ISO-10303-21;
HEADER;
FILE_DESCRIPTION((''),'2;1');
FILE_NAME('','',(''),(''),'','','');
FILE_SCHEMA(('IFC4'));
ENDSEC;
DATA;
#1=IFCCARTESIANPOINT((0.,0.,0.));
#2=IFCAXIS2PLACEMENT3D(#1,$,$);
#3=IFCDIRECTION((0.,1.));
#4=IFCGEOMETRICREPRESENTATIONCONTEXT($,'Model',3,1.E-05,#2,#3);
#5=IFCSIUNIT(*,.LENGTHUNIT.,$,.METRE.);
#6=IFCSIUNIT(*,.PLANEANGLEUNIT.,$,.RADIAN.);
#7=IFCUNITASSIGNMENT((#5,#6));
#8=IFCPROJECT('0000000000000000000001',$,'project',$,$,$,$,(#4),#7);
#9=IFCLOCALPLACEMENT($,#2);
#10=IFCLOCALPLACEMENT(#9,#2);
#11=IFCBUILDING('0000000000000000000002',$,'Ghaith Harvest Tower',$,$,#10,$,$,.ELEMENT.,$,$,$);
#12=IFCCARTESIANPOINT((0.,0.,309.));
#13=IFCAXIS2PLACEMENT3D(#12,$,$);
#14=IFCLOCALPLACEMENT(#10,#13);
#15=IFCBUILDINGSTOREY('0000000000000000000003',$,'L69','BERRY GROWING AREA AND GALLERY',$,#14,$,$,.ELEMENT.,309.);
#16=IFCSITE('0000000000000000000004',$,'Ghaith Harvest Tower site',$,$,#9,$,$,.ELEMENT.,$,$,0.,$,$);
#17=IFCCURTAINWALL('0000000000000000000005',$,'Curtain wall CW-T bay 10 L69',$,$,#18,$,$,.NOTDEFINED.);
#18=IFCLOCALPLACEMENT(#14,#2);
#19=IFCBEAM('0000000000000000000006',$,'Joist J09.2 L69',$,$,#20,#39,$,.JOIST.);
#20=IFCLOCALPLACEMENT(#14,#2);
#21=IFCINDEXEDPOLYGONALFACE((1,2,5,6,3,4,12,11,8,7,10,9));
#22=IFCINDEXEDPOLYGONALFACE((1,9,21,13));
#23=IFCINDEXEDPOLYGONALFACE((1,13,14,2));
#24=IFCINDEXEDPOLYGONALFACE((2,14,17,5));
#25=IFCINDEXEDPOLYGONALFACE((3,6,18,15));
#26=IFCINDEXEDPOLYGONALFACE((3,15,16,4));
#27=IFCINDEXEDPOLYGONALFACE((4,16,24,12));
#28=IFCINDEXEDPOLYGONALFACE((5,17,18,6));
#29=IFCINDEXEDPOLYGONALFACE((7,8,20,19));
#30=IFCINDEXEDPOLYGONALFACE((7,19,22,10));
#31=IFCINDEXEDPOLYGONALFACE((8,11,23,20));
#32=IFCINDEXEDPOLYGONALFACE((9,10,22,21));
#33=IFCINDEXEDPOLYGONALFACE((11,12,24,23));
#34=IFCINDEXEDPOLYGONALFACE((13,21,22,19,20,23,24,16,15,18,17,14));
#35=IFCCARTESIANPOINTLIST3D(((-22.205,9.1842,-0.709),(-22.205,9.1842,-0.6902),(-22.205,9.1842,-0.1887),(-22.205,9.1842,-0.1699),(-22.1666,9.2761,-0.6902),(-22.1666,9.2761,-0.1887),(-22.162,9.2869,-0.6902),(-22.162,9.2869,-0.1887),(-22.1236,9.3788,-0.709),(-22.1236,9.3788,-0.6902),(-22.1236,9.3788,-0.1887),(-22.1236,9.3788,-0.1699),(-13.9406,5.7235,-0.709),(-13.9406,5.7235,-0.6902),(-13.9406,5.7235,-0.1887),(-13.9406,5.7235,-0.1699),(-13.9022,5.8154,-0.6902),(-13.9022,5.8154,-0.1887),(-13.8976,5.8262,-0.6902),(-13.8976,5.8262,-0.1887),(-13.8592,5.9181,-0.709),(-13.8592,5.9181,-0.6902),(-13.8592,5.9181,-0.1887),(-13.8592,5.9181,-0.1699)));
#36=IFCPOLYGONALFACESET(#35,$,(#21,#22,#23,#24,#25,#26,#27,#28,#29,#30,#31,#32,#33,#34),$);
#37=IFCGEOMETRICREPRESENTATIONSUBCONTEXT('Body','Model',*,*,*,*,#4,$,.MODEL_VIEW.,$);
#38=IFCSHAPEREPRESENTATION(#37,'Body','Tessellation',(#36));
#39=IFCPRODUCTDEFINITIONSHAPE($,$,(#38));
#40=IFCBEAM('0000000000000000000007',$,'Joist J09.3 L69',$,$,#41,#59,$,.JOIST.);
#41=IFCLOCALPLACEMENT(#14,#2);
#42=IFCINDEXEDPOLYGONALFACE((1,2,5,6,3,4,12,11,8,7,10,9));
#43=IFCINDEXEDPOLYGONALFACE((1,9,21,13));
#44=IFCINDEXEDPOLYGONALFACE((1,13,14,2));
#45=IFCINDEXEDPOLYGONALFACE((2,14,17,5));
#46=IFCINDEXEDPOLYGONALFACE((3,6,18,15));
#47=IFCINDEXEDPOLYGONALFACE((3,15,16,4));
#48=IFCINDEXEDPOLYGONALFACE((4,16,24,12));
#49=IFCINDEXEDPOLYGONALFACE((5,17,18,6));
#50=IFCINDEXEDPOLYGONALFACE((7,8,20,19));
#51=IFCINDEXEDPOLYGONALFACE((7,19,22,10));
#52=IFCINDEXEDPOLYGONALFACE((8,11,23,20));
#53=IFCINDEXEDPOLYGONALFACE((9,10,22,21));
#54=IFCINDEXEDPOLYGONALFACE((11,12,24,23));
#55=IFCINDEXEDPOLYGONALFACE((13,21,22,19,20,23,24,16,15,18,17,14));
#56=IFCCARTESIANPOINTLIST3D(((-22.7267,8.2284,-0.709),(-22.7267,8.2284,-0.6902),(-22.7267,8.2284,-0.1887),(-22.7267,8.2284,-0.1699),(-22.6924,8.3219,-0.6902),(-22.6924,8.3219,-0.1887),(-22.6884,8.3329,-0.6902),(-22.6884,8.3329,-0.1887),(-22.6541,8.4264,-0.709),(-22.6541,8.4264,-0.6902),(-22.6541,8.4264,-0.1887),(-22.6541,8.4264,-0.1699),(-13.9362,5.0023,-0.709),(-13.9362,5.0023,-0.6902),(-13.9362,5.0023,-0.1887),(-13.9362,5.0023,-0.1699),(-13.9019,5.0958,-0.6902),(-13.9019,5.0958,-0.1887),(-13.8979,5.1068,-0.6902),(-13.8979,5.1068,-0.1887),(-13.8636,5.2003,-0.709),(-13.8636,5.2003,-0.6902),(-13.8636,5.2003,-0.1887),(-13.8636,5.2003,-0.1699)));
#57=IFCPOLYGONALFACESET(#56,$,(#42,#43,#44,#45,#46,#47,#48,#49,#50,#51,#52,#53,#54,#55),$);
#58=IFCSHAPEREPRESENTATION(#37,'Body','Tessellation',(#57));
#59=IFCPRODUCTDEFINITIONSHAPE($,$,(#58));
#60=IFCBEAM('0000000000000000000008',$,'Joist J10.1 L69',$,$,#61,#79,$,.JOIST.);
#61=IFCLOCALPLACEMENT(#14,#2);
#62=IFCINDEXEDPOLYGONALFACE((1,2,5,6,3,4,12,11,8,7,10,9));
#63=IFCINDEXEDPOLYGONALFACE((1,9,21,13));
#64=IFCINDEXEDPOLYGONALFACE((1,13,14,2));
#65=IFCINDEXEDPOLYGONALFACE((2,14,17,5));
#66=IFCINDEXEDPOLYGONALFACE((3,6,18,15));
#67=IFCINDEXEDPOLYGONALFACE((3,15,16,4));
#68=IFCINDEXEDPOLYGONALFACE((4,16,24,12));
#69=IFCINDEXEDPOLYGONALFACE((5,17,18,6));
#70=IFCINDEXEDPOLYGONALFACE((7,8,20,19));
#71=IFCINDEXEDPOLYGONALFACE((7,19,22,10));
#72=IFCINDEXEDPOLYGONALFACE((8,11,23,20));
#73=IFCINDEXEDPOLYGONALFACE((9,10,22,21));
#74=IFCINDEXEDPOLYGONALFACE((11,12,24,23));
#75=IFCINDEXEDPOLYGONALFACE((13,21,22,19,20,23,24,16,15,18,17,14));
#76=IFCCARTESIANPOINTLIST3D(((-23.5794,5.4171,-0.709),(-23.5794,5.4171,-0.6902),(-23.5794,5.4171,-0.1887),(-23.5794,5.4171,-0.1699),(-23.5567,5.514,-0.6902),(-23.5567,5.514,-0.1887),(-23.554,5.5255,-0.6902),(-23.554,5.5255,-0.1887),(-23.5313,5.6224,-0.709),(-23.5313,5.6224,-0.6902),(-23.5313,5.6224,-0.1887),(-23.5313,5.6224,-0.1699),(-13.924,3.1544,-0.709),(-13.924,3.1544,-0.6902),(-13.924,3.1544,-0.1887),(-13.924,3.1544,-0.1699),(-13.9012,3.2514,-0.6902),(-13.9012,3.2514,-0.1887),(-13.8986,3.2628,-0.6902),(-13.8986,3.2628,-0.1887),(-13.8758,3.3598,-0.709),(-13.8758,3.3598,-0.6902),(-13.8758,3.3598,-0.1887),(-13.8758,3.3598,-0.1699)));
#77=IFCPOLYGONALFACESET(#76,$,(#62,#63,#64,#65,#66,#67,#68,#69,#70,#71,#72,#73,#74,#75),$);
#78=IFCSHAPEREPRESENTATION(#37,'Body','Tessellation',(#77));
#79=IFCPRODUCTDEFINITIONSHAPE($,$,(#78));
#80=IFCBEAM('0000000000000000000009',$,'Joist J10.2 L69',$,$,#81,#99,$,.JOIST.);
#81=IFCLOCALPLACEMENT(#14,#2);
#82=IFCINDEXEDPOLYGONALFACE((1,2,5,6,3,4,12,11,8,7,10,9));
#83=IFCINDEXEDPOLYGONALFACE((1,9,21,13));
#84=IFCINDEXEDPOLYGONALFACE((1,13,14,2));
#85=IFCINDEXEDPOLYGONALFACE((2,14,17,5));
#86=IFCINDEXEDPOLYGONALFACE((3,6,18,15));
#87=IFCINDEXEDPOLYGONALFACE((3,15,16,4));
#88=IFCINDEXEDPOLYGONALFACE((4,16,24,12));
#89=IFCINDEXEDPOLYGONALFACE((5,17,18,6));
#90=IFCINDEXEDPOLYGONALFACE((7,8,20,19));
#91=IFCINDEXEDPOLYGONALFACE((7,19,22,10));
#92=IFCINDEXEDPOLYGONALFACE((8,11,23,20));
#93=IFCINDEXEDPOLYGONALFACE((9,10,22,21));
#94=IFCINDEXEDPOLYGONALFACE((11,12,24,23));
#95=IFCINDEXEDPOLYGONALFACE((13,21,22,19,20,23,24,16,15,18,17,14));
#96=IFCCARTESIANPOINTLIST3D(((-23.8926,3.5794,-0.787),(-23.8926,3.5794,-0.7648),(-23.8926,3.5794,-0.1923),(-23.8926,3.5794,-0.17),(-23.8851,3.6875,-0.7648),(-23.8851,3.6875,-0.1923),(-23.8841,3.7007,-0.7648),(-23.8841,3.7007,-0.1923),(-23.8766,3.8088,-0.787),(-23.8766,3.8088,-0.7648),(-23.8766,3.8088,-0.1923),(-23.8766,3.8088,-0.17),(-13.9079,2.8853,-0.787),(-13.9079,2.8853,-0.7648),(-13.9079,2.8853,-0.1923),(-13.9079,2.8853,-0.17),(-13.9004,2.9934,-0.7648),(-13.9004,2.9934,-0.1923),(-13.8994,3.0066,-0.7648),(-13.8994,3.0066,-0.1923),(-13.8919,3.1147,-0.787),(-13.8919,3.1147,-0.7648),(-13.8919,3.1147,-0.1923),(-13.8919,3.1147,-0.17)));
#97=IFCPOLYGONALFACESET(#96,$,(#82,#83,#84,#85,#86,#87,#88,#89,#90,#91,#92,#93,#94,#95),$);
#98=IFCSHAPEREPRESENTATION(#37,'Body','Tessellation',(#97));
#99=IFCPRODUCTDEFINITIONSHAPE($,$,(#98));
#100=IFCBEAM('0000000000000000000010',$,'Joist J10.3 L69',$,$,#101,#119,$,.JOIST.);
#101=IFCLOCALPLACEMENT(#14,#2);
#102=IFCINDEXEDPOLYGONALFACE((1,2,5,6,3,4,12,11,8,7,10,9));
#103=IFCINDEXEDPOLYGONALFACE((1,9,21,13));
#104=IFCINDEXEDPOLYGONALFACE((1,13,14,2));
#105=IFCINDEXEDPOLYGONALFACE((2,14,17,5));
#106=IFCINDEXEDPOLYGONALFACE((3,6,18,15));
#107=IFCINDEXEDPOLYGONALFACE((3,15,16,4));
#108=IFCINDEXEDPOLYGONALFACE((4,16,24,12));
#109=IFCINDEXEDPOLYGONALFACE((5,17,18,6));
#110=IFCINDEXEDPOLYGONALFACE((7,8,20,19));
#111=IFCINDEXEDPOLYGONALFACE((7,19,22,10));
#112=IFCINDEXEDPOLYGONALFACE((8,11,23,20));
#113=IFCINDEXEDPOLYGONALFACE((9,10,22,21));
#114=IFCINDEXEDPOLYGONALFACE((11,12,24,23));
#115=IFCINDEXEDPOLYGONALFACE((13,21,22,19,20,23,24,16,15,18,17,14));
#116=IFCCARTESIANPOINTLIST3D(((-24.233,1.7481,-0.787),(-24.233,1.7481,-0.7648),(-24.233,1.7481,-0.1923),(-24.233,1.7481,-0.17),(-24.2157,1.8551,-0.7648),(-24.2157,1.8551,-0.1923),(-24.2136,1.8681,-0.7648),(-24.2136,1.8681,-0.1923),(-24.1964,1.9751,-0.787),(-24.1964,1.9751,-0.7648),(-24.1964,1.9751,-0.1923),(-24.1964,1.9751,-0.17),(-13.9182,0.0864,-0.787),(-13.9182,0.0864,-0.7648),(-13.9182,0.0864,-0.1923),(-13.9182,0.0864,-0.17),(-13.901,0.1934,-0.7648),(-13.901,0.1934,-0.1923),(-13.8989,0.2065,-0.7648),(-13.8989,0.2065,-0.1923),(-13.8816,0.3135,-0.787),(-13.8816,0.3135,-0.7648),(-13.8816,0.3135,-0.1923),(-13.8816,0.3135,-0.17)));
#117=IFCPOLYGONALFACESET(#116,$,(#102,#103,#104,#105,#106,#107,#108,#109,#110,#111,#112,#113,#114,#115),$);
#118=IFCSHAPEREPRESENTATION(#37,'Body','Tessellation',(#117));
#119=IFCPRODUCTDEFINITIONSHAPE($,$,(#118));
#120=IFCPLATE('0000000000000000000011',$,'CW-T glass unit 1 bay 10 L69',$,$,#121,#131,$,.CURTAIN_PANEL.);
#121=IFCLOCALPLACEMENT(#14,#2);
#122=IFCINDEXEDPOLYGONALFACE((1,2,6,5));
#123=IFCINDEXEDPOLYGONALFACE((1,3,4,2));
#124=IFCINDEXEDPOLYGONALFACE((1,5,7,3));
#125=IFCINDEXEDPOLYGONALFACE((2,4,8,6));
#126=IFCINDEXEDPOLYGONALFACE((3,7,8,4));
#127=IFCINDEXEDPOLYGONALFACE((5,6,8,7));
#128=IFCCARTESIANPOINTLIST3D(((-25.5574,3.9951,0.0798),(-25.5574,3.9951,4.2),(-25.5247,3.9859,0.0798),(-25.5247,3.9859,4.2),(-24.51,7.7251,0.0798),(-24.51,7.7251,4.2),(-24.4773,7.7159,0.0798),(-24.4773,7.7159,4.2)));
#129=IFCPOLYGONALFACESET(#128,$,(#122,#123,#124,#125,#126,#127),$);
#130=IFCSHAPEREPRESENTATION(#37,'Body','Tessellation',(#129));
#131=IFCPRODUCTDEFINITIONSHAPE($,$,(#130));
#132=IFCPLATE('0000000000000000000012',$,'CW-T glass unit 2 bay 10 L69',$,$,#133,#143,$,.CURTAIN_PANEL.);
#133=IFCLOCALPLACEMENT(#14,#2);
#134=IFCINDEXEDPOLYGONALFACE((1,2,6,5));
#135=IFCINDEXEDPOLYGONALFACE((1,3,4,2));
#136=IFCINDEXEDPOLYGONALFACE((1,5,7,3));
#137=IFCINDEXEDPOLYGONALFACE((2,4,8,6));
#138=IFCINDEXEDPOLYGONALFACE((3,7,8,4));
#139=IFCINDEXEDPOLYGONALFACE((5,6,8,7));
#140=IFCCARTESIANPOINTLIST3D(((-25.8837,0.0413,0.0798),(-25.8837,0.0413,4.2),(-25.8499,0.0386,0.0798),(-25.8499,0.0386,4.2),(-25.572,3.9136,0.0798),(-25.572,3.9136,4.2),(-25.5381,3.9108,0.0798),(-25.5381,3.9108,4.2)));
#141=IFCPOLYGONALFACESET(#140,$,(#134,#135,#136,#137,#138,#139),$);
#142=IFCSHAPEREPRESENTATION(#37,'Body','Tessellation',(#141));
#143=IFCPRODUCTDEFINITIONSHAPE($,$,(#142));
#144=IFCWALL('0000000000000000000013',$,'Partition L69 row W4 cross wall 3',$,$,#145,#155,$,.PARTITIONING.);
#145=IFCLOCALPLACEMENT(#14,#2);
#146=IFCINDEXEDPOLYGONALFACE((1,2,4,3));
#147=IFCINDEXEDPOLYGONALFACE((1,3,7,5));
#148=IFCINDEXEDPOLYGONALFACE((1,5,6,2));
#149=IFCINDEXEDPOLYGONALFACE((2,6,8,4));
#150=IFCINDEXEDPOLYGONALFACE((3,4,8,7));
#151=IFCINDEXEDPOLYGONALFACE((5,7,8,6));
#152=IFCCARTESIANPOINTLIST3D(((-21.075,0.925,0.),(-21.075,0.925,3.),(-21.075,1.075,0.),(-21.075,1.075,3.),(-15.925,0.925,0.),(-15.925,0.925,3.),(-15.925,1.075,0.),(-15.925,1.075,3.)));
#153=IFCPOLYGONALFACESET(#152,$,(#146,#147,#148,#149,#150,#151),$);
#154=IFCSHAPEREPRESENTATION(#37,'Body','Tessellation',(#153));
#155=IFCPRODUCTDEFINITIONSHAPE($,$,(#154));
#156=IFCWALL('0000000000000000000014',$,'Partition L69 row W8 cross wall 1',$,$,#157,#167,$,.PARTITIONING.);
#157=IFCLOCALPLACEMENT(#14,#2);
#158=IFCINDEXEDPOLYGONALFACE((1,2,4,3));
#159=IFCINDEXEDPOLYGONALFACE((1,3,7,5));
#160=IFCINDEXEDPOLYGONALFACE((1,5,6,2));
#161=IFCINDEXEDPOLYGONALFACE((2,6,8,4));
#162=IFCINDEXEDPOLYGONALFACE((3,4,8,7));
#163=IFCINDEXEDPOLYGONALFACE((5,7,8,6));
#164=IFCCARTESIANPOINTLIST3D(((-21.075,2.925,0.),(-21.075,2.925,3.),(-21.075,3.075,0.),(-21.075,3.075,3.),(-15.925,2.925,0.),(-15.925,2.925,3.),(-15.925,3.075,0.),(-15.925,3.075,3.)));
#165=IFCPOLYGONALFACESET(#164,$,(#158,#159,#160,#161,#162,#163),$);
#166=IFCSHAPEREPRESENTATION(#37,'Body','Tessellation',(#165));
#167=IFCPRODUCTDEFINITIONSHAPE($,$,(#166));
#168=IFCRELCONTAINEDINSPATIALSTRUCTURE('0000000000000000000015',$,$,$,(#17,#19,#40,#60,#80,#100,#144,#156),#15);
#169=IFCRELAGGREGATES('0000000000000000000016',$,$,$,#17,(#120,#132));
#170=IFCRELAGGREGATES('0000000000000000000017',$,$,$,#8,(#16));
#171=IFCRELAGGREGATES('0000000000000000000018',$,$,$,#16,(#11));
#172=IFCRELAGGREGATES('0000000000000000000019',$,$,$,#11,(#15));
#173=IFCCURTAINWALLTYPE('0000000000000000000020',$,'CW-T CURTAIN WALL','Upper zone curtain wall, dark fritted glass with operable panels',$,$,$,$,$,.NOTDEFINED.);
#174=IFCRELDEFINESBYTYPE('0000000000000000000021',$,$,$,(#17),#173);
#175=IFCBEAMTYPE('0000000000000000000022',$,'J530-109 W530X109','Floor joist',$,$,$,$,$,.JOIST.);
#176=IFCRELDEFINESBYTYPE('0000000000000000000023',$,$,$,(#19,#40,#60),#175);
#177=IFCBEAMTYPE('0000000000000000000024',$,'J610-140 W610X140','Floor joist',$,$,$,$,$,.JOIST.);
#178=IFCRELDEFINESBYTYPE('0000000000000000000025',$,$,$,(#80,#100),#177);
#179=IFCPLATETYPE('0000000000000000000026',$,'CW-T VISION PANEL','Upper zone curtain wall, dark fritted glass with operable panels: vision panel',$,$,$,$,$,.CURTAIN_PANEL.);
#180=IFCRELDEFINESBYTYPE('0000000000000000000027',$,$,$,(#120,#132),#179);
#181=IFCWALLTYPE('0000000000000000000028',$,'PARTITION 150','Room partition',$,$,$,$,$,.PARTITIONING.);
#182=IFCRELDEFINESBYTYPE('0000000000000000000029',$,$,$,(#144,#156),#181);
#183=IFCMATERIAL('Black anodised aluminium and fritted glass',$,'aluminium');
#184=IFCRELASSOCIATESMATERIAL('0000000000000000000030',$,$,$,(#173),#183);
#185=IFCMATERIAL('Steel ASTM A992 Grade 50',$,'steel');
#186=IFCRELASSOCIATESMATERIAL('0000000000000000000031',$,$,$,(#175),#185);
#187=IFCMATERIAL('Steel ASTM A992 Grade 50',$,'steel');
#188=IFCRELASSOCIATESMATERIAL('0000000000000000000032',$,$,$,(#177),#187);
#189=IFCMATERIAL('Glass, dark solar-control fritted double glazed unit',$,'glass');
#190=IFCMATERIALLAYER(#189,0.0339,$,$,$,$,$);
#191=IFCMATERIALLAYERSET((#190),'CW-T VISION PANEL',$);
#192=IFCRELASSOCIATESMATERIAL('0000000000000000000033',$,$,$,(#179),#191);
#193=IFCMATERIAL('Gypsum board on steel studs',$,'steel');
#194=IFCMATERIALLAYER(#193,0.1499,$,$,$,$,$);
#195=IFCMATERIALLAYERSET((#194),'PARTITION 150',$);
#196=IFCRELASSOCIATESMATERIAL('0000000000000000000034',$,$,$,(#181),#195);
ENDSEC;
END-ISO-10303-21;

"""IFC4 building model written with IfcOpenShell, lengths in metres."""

from ifc_helpers import new_model, si_unit, direction, frame, frame_2d, origin, origin_2d, place, context, subcontext, project, spatial, rectangle, i_section, extrude, material, layer, layer_set, material_profile, profile_set, type_object, element, aggregate, save


model = new_model("IFC4")

# Units and contexts
model_context = context("Model", 3, precision=1e-05, world=origin(), true_north=direction((0.0, 1.0)))
body_context = subcontext(model_context, "Body", "Model", "MODEL_VIEW")
ifc_project = project(units=[si_unit("LENGTHUNIT", "METRE"), si_unit("PLANEANGLEUNIT", "RADIAN")], contexts=[model_context])

# Site, building, storey
site_placement = place(None, origin())
site = spatial("IfcSite", under=ifc_project, at=site_placement, Name="Ghaith Harvest Tower site", CompositionType="ELEMENT", RefElevation=0.0)
building_placement = place(site_placement, origin())
building = spatial("IfcBuilding", under=site, at=building_placement, Name="Ghaith Harvest Tower", CompositionType="ELEMENT")
storey_placement = place(building_placement, frame((0.0, 0.0, 309.0)))
storey = spatial("IfcBuildingStorey", under=building, at=storey_placement, Name="L69", Description="BERRY GROWING AREA AND GALLERY", CompositionType="ELEMENT", Elevation=309.0)

# Curtain wall
ifc_material_1 = material(Name="Black anodised aluminium and fritted glass", Category="aluminium")
curtain_wall_type = type_object("IfcCurtainWallType", Name="CW-T CURTAIN WALL", Description="Upper zone curtain wall, dark fritted glass with operable panels", PredefinedType="NOTDEFINED", material=ifc_material_1)
curtain_wall_placement = place(storey_placement, origin())
curtain_wall = element("IfcCurtainWall", 1, at=curtain_wall_placement, inside=storey, type_object=curtain_wall_type, Name="Curtain wall CW-T bay 10 L69", PredefinedType="NOTDEFINED")

# Beams
ifc_material_2 = material(Name="Steel ASTM A992 Grade 50", Category="steel")
ifc_material_profile_1 = material_profile(ifc_material_2, i_section(OverallWidth=0.2109, OverallDepth=0.5391, WebThickness=0.0117, FlangeThickness=0.0188, at=origin_2d()), Name="W530X109")
ifc_profile_set_1 = profile_set([ifc_material_profile_1], Name="Steel ASTM A992 Grade 50")
beam_type_1 = type_object("IfcBeamType", Name="J530-109 W530X109", Description="Floor joist", PredefinedType="JOIST", material=ifc_profile_set_1)
beam_1_placement = place(storey_placement, frame((-13.8999, 5.8208, -0.4395), z_axis=(-0.922394, 0.38625, 0.0), x_axis=(-0.38625, -0.922394, 0.0)))
element("IfcBeam", 2, at=beam_1_placement, inside=storey, type_object=beam_type_1, Name="Joist J09.2 L69", PredefinedType="JOIST", context=body_context, shape_type="SweptSolid", body=[
    extrude(i_section(OverallWidth=0.2109, OverallDepth=0.5391, WebThickness=0.0117, FlangeThickness=0.0188, at=origin_2d()), origin(), (0.0, 0.0, 1.0), 8.9597),
])
beam_2_placement = place(storey_placement, frame((-13.8999, 5.1013, -0.4395), z_axis=(-0.938777, 0.344526, 0.0), x_axis=(-0.344526, -0.938777, 0.0)))
element("IfcBeam", 3, at=beam_2_placement, inside=storey, type_object=beam_type_1, Name="Joist J09.3 L69", PredefinedType="JOIST", context=body_context, shape_type="SweptSolid", body=[
    extrude(i_section(OverallWidth=0.2109, OverallDepth=0.5391, WebThickness=0.0117, FlangeThickness=0.0188, at=origin_2d()), origin(), (0.0, 0.0, 1.0), 9.3638),
])
beam_3_placement = place(storey_placement, frame((-13.8999, 3.2571, -0.4395), z_axis=(-0.973623, 0.228161, 0.0), x_axis=(-0.228161, -0.973623, 0.0)))
element("IfcBeam", 4, at=beam_3_placement, inside=storey, type_object=beam_type_1, Name="Joist J10.1 L69", PredefinedType="JOIST", context=body_context, shape_type="SweptSolid", body=[
    extrude(i_section(OverallWidth=0.2109, OverallDepth=0.5391, WebThickness=0.0117, FlangeThickness=0.0188, at=origin_2d()), origin(), (0.0, 0.0, 1.0), 9.917),
])
ifc_material_3 = material(Name="Steel ASTM A992 Grade 50", Category="steel")
ifc_material_profile_2 = material_profile(ifc_material_3, i_section(OverallWidth=0.23, OverallDepth=0.6169, WebThickness=0.0132, FlangeThickness=0.0222, at=origin_2d()), Name="W610X140")
ifc_profile_set_2 = profile_set([ifc_material_profile_2], Name="Steel ASTM A992 Grade 50")
beam_type_2 = type_object("IfcBeamType", Name="J610-140 W610X140", Description="Floor joist", PredefinedType="JOIST", material=ifc_profile_set_2)
beam_4_placement = place(storey_placement, frame((-13.8999, 3.0, -0.4785), z_axis=(-0.997592, 0.069349, 0.0), x_axis=(-0.069349, -0.997592, 0.0)))
element("IfcBeam", 5, at=beam_4_placement, inside=storey, type_object=beam_type_2, Name="Joist J10.2 L69", PredefinedType="JOIST", context=body_context, shape_type="SweptSolid", body=[
    extrude(i_section(OverallWidth=0.23, OverallDepth=0.6169, WebThickness=0.0132, FlangeThickness=0.0222, at=origin_2d()), origin(), (0.0, 0.0, 1.0), 10.0088),
])
beam_5_placement = place(storey_placement, frame((-13.8999, 0.2, -0.4785), z_axis=(-0.987272, 0.159042, 0.0), x_axis=(-0.159042, -0.987272, 0.0)))
element("IfcBeam", 6, at=beam_5_placement, inside=storey, type_object=beam_type_2, Name="Joist J10.3 L69", PredefinedType="JOIST", context=body_context, shape_type="SweptSolid", body=[
    extrude(i_section(OverallWidth=0.23, OverallDepth=0.6169, WebThickness=0.0132, FlangeThickness=0.0222, at=origin_2d()), origin(), (0.0, 0.0, 1.0), 10.4478),
])

# Plates
ifc_material_4 = material(Name="Glass, dark solar-control fritted double glazed unit", Category="glass")
ifc_layer_1 = layer(ifc_material_4, 0.0339)
ifc_layer_set_1 = layer_set([ifc_layer_1], Name="CW-T VISION PANEL")
plate_type = type_object("IfcPlateType", Name="CW-T VISION PANEL", Description="Upper zone curtain wall, dark fritted glass with operable panels: vision panel", PredefinedType="CURTAIN_PANEL", material=ifc_layer_set_1)
plate_1_placement = place(storey_placement, frame((-25.0173, 5.8555, 0.0798), z_axis=(0.0, 0.0, 1.0), x_axis=(-0.270355, -0.962761, 0.0)))
plate_1 = element("IfcPlate", 7, at=plate_1_placement, type_object=plate_type, Name="CW-T glass unit 1 bay 10 L69", PredefinedType="CURTAIN_PANEL", context=body_context, shape_type="SweptSolid", body=[
    extrude(rectangle(XDim=3.8743, YDim=0.0339, at=origin_2d()), origin(), (0.0, 0.0, 1.0), 4.1201),
])
plate_2_placement = place(storey_placement, frame((-25.7109, 1.9761, 0.0798), z_axis=(0.0, 0.0, 1.0), x_axis=(-0.080258, -0.996774, 0.0)))
plate_2 = element("IfcPlate", 8, at=plate_2_placement, type_object=plate_type, Name="CW-T glass unit 2 bay 10 L69", PredefinedType="CURTAIN_PANEL", context=body_context, shape_type="SweptSolid", body=[
    extrude(rectangle(XDim=3.8848, YDim=0.0339, at=origin_2d()), origin(), (0.0, 0.0, 1.0), 4.1201),
])
aggregate(curtain_wall, [plate_1, plate_2])

# Walls
ifc_material_5 = material(Name="Gypsum board on steel studs", Category="steel")
ifc_layer_2 = layer(ifc_material_5, 0.1499)
ifc_layer_set_2 = layer_set([ifc_layer_2], Name="PARTITION 150")
wall_type_1 = type_object("IfcWallType", Name="PARTITION 150", Description="Room partition", PredefinedType="PARTITIONING", material=ifc_layer_set_2)
for number, where, z_axis, x_axis, name in (
    (9, (-15.925, 1.0, 0.0), (0.0, 0.0, 1.0), (-1.0, 0.0, 0.0), "Partition L69 row W4 cross wall 3"),
    (10, (-15.925, 3.0, 0.0), (0.0, 0.0, 1.0), (-1.0, 0.0, 0.0), "Partition L69 row W8 cross wall 1"),
):
    element("IfcWall", number, at=place(storey_placement, frame(where, z_axis=z_axis, x_axis=x_axis)), inside=storey, type_object=wall_type_1, Name=name, PredefinedType="PARTITIONING", context=body_context, shape_type="SweptSolid", body=[
        extrude(rectangle(XDim=5.1499, YDim=0.1499, at=frame_2d((2.575, 0.0))), origin(), (0.0, 0.0, 1.0), 3.0),
    ])

save(model, "model.ifc")
